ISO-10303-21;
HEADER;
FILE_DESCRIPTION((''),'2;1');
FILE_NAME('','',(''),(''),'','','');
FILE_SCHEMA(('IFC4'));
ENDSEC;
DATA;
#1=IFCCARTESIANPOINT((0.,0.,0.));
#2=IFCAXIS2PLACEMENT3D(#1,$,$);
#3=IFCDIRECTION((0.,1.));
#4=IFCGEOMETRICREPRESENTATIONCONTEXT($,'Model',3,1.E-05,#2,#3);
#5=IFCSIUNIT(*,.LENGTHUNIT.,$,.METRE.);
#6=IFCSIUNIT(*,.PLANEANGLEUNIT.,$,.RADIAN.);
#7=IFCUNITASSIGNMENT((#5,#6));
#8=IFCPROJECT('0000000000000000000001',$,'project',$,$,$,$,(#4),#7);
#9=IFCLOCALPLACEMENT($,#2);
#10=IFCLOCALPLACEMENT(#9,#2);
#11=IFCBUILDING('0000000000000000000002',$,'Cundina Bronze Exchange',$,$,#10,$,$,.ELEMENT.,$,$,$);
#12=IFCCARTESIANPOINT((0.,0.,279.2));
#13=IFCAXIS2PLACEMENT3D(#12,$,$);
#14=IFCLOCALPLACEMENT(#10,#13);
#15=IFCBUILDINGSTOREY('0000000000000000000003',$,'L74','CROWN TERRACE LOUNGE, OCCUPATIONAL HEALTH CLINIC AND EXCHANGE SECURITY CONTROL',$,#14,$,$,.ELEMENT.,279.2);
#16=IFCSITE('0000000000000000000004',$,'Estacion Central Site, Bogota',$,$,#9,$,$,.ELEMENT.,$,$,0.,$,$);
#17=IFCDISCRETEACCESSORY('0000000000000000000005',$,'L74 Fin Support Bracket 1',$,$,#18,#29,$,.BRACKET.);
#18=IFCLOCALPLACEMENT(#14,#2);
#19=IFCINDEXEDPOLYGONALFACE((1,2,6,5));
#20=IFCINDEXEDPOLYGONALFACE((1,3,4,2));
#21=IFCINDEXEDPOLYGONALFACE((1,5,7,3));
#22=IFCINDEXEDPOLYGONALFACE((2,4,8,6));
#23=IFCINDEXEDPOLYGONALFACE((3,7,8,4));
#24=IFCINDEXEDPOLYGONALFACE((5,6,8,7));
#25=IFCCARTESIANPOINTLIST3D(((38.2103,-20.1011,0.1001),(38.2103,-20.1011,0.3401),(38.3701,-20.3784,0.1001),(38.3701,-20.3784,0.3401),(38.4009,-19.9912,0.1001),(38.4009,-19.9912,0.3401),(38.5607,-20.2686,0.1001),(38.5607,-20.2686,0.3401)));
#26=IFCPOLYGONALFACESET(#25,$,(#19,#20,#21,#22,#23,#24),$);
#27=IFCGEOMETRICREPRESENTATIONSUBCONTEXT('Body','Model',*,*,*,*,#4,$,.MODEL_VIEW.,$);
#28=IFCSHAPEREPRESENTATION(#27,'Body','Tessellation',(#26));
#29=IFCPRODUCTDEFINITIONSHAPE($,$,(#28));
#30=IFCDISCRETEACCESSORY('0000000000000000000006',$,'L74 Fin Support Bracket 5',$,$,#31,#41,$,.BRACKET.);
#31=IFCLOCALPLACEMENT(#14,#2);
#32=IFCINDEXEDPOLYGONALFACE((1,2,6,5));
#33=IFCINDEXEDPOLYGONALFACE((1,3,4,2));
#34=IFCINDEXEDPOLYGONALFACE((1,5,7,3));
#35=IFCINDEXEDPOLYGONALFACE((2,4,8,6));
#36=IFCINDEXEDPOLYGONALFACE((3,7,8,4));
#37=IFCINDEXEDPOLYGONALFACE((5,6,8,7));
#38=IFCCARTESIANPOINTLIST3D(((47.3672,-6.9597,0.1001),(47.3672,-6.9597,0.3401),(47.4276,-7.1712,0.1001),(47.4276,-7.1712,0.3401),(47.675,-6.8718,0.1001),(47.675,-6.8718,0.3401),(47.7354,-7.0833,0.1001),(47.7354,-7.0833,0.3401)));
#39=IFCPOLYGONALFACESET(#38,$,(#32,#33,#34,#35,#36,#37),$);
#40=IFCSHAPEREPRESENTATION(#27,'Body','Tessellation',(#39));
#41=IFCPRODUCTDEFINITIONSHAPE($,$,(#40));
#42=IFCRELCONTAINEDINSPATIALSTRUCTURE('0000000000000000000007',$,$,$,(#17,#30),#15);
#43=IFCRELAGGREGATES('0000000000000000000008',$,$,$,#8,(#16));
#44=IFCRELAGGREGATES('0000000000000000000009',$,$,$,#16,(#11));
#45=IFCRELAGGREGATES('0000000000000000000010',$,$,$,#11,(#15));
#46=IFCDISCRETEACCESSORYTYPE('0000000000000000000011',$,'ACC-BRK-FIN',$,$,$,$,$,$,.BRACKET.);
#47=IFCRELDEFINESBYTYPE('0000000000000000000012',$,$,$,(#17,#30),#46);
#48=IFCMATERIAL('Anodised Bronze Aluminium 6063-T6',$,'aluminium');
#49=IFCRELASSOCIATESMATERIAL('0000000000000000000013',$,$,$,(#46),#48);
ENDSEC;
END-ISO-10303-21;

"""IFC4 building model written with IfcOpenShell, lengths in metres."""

from ifc_helpers import new_model, si_unit, direction, frame, origin, origin_2d, place, context, subcontext, project, spatial, rectangle, extrude, material, type_object, element, save


model = new_model("IFC4")

# Units and contexts
model_context = context("Model", 3, precision=1e-05, world=origin(), true_north=direction((0.0, 1.0)))
body_context = subcontext(model_context, "Body", "Model", "MODEL_VIEW")
ifc_project = project(units=[si_unit("LENGTHUNIT", "METRE"), si_unit("PLANEANGLEUNIT", "RADIAN")], contexts=[model_context])

# Site, building, storey
site_placement = place(None, origin())
site = spatial("IfcSite", under=ifc_project, at=site_placement, Name="Estacion Central Site, Bogota", CompositionType="ELEMENT", RefElevation=0.0)
building_placement = place(site_placement, origin())
building = spatial("IfcBuilding", under=site, at=building_placement, Name="Cundina Bronze Exchange", CompositionType="ELEMENT")
storey_placement = place(building_placement, frame((0.0, 0.0, 279.2)))
storey = spatial("IfcBuildingStorey", under=building, at=storey_placement, Name="L74", Description="CROWN TERRACE LOUNGE, OCCUPATIONAL HEALTH CLINIC AND EXCHANGE SECURITY CONTROL", CompositionType="ELEMENT", Elevation=279.2)

# Shared definitions
ifc_material_1 = material(Name="Anodised Bronze Aluminium 6063-T6", Category="aluminium")

# Discrete accessories
discrete_accessory_type = type_object("IfcDiscreteAccessoryType", Name="ACC-BRK-FIN", PredefinedType="BRACKET", material=ifc_material_1)
for number, where, z_axis, x_axis, name in (
    (1, (38.3855, -20.1848, 0.1001), (0.0, 0.0, 1.0), (0.866453, 0.499259, 0.0), "L74 Fin Support Bracket 1"),
    (2, (47.5513, -7.0215, 0.1001), (0.0, 0.0, 1.0), (-0.274563, 0.961569, 0.0), "L74 Fin Support Bracket 5"),
):
    element("IfcDiscreteAccessory", number, at=place(storey_placement, frame(where, z_axis=z_axis, x_axis=x_axis)), inside=storey, type_object=discrete_accessory_type, Name=name, PredefinedType="BRACKET", context=body_context, shape_type="SweptSolid", body=[
        extrude(rectangle(XDim=0.22, YDim=0.3201, at=origin_2d()), origin(), (0.0, 0.0, 1.0), 0.24),
    ])

save(model, "model.ifc")
